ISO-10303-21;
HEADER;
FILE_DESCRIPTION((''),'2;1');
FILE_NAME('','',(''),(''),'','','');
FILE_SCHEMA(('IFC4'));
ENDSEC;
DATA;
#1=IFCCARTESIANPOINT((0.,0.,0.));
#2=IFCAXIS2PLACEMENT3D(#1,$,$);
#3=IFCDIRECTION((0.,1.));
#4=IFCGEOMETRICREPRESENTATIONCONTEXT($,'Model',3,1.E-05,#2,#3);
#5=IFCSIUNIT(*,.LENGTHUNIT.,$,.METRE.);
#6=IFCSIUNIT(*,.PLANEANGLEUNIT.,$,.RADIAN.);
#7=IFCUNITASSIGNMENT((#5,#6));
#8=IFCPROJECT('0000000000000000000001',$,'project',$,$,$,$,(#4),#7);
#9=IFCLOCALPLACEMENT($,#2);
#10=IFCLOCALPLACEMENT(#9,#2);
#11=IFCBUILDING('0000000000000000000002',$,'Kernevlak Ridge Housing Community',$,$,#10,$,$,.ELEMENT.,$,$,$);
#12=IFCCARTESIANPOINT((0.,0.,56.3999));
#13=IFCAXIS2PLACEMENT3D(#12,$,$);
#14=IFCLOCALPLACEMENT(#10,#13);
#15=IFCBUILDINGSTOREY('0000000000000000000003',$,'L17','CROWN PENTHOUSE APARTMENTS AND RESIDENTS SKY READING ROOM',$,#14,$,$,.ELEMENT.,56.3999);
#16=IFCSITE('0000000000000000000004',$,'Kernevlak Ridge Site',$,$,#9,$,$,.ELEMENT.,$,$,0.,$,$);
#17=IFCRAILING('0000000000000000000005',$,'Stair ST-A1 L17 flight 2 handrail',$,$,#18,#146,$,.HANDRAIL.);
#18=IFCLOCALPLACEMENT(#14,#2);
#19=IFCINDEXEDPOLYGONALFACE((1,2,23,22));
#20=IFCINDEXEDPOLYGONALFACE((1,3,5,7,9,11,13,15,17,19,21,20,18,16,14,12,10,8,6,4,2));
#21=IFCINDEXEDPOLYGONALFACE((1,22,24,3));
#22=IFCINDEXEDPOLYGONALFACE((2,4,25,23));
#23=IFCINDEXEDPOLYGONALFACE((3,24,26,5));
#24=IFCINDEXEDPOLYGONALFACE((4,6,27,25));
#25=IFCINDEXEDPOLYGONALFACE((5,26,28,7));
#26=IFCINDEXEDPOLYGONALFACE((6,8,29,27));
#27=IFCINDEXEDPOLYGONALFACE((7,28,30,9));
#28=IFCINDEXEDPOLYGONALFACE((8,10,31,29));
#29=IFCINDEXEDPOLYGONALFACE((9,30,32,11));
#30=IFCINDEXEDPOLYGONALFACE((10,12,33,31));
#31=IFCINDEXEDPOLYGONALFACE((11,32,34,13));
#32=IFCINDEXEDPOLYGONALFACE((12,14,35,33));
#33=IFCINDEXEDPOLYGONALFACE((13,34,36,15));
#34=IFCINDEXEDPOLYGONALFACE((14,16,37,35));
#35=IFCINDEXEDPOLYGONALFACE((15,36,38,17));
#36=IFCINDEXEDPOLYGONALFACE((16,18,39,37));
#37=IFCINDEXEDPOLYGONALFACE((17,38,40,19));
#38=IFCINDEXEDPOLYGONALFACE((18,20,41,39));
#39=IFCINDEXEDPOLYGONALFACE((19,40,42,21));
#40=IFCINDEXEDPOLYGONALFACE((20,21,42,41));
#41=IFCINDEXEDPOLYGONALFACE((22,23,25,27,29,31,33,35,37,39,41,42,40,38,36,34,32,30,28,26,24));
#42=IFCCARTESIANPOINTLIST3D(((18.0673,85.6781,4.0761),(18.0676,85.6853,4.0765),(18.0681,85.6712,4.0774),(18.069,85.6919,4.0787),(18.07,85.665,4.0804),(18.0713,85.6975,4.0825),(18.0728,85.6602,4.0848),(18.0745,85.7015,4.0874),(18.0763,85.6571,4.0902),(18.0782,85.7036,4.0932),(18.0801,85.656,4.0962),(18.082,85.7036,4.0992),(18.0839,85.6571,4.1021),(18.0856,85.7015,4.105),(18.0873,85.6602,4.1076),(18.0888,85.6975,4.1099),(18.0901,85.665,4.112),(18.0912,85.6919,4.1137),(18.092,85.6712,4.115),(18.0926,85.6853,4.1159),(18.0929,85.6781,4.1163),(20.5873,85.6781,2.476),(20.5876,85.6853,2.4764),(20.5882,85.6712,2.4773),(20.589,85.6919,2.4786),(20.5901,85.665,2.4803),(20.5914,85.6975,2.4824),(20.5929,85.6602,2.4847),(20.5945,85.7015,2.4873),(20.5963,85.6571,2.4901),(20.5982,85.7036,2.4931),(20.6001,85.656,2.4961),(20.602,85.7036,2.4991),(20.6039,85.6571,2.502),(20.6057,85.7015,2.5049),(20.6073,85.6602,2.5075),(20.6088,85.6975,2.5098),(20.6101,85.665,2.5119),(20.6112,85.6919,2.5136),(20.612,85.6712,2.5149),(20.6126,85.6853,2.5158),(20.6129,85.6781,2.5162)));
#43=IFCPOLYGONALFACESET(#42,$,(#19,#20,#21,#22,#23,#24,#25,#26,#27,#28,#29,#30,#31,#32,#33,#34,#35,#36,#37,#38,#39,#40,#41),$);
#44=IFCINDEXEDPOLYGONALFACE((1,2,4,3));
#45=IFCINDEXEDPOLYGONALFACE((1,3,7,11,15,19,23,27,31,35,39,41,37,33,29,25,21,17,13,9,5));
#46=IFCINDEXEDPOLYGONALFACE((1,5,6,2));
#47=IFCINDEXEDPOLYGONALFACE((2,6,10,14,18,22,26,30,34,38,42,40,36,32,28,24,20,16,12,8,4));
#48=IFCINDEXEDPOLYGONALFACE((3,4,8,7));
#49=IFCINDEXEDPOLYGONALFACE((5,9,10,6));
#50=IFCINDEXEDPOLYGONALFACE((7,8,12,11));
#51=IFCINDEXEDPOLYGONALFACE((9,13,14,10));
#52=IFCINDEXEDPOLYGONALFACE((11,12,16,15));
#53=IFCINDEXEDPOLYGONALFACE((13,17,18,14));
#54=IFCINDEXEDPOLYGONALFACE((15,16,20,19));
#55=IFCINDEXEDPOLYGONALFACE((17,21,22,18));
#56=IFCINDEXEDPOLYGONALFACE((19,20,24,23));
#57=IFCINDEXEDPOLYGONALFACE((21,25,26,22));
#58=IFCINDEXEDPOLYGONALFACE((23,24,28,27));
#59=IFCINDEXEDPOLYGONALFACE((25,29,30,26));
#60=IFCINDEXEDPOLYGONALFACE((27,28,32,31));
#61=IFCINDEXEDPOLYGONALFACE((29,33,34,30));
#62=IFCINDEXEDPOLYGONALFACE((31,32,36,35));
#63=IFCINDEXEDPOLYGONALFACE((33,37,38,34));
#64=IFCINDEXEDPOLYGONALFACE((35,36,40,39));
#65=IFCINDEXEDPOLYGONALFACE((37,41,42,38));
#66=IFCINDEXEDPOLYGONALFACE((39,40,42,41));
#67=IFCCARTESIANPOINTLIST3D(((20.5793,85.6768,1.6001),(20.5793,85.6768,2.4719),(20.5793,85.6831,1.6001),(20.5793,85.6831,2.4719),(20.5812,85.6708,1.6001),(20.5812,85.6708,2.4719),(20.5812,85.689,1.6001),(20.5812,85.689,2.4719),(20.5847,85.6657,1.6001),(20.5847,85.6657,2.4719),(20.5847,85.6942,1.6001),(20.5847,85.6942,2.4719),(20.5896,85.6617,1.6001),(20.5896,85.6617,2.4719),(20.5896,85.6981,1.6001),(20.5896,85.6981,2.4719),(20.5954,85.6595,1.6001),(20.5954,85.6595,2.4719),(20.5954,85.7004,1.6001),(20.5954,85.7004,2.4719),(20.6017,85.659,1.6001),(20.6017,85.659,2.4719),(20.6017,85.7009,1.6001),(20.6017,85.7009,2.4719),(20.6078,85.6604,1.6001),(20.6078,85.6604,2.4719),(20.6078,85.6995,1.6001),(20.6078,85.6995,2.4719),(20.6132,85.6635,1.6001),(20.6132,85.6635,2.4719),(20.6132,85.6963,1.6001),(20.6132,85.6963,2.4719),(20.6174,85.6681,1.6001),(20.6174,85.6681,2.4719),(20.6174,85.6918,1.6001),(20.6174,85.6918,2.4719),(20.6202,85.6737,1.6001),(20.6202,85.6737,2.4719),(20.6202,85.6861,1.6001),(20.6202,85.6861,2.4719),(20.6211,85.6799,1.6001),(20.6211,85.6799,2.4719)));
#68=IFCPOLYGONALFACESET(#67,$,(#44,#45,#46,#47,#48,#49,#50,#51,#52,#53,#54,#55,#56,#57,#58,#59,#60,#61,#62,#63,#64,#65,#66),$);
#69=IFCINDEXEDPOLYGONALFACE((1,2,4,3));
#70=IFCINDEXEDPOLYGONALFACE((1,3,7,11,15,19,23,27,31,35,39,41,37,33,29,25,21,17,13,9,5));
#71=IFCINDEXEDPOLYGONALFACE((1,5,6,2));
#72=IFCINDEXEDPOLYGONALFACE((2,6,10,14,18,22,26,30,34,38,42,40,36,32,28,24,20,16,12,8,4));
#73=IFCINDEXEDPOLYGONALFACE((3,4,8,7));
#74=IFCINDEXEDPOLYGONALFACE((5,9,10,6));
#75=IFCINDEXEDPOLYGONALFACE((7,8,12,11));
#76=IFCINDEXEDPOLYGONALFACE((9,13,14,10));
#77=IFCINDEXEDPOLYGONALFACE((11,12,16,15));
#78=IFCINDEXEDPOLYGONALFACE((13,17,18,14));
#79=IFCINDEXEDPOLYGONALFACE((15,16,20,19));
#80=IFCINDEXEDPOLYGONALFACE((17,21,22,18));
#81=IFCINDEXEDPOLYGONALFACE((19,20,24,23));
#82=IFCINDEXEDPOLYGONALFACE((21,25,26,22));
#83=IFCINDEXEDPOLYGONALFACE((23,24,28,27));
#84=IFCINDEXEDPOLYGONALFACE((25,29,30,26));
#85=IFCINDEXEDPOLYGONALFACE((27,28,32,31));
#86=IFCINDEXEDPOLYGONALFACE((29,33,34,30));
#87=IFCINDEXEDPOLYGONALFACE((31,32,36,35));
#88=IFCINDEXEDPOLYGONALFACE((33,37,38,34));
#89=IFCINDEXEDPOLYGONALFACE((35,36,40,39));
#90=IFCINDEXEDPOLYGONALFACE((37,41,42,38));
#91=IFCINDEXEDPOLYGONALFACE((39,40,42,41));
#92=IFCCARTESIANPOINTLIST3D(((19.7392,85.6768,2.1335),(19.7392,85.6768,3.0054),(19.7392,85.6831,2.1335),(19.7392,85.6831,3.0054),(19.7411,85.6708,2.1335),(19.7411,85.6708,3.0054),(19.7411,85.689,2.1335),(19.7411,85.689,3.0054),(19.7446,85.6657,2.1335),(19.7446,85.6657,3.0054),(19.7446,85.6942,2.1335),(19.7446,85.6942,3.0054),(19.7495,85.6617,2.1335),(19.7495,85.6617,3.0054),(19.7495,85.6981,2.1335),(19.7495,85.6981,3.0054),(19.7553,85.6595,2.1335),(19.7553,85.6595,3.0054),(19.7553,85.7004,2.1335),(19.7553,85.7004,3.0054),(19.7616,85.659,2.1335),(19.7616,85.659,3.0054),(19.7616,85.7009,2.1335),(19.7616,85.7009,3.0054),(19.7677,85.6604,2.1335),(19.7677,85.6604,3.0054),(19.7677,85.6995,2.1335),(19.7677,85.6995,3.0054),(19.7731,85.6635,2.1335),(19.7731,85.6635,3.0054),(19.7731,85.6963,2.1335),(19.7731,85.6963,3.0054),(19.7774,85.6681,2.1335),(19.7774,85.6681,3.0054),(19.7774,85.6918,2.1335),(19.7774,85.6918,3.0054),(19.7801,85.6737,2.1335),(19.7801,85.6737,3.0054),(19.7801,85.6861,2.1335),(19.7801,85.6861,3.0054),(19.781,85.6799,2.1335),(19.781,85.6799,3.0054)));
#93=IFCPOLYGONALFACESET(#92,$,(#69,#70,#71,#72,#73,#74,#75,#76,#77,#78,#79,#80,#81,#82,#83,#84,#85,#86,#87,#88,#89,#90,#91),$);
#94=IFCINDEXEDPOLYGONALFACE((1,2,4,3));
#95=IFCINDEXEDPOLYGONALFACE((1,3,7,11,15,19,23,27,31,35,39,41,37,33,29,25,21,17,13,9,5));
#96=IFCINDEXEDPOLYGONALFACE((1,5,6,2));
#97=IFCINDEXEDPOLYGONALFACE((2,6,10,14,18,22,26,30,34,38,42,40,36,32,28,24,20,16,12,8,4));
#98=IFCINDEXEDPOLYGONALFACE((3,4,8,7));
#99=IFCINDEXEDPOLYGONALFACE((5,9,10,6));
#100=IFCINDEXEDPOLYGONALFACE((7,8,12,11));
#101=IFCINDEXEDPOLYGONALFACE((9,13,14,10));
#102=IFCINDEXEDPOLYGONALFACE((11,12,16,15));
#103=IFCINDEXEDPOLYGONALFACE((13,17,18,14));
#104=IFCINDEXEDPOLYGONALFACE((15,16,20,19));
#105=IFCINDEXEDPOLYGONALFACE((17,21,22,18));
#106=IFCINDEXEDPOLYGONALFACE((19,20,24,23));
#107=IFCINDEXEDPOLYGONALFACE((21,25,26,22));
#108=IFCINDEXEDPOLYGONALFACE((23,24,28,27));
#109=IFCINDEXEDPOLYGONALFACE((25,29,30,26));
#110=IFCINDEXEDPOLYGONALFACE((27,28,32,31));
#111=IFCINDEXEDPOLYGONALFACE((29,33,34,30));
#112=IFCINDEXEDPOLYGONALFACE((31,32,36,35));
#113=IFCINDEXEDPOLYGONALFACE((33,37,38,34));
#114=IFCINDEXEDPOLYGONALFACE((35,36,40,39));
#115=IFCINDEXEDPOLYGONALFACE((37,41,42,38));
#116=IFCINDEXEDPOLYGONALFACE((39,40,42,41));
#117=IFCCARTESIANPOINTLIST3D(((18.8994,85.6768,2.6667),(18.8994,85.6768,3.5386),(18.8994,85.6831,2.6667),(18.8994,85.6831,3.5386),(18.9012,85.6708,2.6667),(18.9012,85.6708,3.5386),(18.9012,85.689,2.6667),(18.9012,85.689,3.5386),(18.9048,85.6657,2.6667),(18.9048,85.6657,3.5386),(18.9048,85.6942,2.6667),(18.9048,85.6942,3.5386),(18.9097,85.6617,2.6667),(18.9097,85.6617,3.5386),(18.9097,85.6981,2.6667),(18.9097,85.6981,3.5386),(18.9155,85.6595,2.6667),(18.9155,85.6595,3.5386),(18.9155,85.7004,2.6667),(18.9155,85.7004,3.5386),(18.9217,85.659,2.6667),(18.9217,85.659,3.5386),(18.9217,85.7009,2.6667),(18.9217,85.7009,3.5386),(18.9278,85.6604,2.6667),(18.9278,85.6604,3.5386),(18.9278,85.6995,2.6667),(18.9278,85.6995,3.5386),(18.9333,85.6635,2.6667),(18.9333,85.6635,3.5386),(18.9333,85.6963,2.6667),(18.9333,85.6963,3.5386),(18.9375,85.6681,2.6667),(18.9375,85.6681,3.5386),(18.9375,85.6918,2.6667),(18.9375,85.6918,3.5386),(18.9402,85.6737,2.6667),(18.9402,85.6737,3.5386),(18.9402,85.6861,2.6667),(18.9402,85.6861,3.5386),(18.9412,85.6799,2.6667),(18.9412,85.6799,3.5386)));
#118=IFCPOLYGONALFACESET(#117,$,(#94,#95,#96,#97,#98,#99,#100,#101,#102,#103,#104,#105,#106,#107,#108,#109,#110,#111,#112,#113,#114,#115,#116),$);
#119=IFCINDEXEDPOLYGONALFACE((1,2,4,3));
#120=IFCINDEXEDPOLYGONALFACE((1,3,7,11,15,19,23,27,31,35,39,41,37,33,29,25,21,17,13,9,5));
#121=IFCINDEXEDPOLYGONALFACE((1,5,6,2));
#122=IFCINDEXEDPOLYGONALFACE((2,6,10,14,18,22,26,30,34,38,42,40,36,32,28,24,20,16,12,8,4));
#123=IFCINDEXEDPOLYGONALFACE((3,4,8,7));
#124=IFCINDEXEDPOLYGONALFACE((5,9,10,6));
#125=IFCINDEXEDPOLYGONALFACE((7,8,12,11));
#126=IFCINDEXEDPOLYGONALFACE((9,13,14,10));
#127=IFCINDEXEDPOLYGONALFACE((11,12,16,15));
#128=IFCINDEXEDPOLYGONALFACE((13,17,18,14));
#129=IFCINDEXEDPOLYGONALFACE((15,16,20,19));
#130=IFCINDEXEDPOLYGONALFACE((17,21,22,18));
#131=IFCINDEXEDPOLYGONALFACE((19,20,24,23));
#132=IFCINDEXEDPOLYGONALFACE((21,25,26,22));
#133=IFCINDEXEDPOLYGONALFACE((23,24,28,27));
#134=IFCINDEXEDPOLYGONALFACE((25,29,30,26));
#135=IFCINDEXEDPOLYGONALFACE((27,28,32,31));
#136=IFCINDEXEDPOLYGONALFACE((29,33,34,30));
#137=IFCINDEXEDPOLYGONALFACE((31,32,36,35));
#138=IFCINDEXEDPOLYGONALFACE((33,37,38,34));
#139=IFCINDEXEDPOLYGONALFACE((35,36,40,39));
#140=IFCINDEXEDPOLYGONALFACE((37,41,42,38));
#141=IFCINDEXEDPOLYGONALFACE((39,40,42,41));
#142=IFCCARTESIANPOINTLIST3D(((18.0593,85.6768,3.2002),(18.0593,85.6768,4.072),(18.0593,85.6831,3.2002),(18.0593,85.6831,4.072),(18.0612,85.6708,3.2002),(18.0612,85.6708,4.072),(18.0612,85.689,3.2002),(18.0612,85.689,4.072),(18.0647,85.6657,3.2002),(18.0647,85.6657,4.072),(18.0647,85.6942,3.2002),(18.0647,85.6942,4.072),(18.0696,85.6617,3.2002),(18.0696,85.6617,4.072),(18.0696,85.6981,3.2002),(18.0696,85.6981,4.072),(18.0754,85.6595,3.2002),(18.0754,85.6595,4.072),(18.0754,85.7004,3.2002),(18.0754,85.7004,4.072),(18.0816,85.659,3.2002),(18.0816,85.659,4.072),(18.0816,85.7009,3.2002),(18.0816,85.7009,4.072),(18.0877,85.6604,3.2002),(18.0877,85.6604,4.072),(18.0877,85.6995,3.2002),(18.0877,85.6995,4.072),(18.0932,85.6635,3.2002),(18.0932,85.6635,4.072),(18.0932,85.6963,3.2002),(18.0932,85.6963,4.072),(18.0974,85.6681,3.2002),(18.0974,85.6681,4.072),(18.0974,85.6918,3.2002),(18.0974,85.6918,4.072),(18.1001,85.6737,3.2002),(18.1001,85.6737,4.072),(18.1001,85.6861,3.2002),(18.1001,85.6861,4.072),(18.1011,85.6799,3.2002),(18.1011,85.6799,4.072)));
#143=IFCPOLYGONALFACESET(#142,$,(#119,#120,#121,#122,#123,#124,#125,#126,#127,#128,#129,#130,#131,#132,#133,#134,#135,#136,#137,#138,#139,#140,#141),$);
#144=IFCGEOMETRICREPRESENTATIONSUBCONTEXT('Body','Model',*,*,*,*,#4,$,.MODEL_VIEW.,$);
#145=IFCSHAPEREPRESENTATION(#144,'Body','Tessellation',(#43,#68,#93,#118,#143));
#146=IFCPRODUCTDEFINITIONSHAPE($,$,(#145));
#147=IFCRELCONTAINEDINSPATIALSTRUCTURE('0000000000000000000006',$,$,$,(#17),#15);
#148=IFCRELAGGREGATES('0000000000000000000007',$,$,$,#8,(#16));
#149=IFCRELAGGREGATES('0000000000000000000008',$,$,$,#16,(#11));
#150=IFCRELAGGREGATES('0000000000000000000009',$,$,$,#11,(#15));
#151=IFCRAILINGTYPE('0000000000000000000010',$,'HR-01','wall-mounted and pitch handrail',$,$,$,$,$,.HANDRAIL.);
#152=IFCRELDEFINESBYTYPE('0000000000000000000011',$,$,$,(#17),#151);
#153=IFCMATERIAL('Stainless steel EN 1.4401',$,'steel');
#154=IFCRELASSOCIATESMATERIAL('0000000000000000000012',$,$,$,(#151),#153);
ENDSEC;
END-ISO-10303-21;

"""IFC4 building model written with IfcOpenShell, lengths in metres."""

from ifc_helpers import new_model, si_unit, direction, frame, origin, origin_2d, place, context, subcontext, project, spatial, circle, extrude, material, type_object, element, save


model = new_model("IFC4")

# Units and contexts
model_context = context("Model", 3, precision=1e-05, world=origin(), true_north=direction((0.0, 1.0)))
body_context = subcontext(model_context, "Body", "Model", "MODEL_VIEW")
ifc_project = project(units=[si_unit("LENGTHUNIT", "METRE"), si_unit("PLANEANGLEUNIT", "RADIAN")], contexts=[model_context])

# Site, building, storey
site_placement = place(None, origin())
site = spatial("IfcSite", under=ifc_project, at=site_placement, Name="Kernevlak Ridge Site", CompositionType="ELEMENT", RefElevation=0.0)
building_placement = place(site_placement, origin())
building = spatial("IfcBuilding", under=site, at=building_placement, Name="Kernevlak Ridge Housing Community", CompositionType="ELEMENT")
storey_placement = place(building_placement, frame((0.0, 0.0, 56.3999)))
storey = spatial("IfcBuildingStorey", under=building, at=storey_placement, Name="L17", Description="CROWN PENTHOUSE APARTMENTS AND RESIDENTS SKY READING ROOM", CompositionType="ELEMENT", Elevation=56.3999)

# Shared definitions
ifc_material_1 = material(Name="Stainless steel EN 1.4401", Category="steel")

# Railing
railing_type_1 = type_object("IfcRailingType", Name="HR-01", Description="wall-mounted and pitch handrail", PredefinedType="HANDRAIL", material=ifc_material_1)
railing_1_placement = place(storey_placement, frame((20.6001, 85.6799, 1.6001)))
element("IfcRailing", 1, at=railing_1_placement, inside=storey, type_object=railing_type_1, Name="Stair ST-A1 L17 flight 2 handrail", PredefinedType="HANDRAIL", context=body_context, shape_type="SweptSolid", body=[
    extrude(circle(Radius=0.0239, at=origin_2d()), frame((0.0, 0.0, 0.896), z_axis=(-0.8442, 0.0, 0.536028), x_axis=(0.0, -1.0, 0.0)), (0.0, 0.0, 1.0), 2.9851),
    extrude(circle(Radius=0.021, at=origin_2d()), origin(), (0.0, 0.0, 1.0), 0.8718),
    extrude(circle(Radius=0.021, at=origin_2d()), frame((-0.8401, 0.0, 0.5334)), (0.0, 0.0, 1.0), 0.8718),
    extrude(circle(Radius=0.021, at=origin_2d()), frame((-1.6799, 0.0, 1.0667)), (0.0, 0.0, 1.0), 0.8718),
    extrude(circle(Radius=0.021, at=origin_2d()), frame((-2.52, 0.0, 1.6001)), (0.0, 0.0, 1.0), 0.8718),
])

save(model, "model.ifc")
